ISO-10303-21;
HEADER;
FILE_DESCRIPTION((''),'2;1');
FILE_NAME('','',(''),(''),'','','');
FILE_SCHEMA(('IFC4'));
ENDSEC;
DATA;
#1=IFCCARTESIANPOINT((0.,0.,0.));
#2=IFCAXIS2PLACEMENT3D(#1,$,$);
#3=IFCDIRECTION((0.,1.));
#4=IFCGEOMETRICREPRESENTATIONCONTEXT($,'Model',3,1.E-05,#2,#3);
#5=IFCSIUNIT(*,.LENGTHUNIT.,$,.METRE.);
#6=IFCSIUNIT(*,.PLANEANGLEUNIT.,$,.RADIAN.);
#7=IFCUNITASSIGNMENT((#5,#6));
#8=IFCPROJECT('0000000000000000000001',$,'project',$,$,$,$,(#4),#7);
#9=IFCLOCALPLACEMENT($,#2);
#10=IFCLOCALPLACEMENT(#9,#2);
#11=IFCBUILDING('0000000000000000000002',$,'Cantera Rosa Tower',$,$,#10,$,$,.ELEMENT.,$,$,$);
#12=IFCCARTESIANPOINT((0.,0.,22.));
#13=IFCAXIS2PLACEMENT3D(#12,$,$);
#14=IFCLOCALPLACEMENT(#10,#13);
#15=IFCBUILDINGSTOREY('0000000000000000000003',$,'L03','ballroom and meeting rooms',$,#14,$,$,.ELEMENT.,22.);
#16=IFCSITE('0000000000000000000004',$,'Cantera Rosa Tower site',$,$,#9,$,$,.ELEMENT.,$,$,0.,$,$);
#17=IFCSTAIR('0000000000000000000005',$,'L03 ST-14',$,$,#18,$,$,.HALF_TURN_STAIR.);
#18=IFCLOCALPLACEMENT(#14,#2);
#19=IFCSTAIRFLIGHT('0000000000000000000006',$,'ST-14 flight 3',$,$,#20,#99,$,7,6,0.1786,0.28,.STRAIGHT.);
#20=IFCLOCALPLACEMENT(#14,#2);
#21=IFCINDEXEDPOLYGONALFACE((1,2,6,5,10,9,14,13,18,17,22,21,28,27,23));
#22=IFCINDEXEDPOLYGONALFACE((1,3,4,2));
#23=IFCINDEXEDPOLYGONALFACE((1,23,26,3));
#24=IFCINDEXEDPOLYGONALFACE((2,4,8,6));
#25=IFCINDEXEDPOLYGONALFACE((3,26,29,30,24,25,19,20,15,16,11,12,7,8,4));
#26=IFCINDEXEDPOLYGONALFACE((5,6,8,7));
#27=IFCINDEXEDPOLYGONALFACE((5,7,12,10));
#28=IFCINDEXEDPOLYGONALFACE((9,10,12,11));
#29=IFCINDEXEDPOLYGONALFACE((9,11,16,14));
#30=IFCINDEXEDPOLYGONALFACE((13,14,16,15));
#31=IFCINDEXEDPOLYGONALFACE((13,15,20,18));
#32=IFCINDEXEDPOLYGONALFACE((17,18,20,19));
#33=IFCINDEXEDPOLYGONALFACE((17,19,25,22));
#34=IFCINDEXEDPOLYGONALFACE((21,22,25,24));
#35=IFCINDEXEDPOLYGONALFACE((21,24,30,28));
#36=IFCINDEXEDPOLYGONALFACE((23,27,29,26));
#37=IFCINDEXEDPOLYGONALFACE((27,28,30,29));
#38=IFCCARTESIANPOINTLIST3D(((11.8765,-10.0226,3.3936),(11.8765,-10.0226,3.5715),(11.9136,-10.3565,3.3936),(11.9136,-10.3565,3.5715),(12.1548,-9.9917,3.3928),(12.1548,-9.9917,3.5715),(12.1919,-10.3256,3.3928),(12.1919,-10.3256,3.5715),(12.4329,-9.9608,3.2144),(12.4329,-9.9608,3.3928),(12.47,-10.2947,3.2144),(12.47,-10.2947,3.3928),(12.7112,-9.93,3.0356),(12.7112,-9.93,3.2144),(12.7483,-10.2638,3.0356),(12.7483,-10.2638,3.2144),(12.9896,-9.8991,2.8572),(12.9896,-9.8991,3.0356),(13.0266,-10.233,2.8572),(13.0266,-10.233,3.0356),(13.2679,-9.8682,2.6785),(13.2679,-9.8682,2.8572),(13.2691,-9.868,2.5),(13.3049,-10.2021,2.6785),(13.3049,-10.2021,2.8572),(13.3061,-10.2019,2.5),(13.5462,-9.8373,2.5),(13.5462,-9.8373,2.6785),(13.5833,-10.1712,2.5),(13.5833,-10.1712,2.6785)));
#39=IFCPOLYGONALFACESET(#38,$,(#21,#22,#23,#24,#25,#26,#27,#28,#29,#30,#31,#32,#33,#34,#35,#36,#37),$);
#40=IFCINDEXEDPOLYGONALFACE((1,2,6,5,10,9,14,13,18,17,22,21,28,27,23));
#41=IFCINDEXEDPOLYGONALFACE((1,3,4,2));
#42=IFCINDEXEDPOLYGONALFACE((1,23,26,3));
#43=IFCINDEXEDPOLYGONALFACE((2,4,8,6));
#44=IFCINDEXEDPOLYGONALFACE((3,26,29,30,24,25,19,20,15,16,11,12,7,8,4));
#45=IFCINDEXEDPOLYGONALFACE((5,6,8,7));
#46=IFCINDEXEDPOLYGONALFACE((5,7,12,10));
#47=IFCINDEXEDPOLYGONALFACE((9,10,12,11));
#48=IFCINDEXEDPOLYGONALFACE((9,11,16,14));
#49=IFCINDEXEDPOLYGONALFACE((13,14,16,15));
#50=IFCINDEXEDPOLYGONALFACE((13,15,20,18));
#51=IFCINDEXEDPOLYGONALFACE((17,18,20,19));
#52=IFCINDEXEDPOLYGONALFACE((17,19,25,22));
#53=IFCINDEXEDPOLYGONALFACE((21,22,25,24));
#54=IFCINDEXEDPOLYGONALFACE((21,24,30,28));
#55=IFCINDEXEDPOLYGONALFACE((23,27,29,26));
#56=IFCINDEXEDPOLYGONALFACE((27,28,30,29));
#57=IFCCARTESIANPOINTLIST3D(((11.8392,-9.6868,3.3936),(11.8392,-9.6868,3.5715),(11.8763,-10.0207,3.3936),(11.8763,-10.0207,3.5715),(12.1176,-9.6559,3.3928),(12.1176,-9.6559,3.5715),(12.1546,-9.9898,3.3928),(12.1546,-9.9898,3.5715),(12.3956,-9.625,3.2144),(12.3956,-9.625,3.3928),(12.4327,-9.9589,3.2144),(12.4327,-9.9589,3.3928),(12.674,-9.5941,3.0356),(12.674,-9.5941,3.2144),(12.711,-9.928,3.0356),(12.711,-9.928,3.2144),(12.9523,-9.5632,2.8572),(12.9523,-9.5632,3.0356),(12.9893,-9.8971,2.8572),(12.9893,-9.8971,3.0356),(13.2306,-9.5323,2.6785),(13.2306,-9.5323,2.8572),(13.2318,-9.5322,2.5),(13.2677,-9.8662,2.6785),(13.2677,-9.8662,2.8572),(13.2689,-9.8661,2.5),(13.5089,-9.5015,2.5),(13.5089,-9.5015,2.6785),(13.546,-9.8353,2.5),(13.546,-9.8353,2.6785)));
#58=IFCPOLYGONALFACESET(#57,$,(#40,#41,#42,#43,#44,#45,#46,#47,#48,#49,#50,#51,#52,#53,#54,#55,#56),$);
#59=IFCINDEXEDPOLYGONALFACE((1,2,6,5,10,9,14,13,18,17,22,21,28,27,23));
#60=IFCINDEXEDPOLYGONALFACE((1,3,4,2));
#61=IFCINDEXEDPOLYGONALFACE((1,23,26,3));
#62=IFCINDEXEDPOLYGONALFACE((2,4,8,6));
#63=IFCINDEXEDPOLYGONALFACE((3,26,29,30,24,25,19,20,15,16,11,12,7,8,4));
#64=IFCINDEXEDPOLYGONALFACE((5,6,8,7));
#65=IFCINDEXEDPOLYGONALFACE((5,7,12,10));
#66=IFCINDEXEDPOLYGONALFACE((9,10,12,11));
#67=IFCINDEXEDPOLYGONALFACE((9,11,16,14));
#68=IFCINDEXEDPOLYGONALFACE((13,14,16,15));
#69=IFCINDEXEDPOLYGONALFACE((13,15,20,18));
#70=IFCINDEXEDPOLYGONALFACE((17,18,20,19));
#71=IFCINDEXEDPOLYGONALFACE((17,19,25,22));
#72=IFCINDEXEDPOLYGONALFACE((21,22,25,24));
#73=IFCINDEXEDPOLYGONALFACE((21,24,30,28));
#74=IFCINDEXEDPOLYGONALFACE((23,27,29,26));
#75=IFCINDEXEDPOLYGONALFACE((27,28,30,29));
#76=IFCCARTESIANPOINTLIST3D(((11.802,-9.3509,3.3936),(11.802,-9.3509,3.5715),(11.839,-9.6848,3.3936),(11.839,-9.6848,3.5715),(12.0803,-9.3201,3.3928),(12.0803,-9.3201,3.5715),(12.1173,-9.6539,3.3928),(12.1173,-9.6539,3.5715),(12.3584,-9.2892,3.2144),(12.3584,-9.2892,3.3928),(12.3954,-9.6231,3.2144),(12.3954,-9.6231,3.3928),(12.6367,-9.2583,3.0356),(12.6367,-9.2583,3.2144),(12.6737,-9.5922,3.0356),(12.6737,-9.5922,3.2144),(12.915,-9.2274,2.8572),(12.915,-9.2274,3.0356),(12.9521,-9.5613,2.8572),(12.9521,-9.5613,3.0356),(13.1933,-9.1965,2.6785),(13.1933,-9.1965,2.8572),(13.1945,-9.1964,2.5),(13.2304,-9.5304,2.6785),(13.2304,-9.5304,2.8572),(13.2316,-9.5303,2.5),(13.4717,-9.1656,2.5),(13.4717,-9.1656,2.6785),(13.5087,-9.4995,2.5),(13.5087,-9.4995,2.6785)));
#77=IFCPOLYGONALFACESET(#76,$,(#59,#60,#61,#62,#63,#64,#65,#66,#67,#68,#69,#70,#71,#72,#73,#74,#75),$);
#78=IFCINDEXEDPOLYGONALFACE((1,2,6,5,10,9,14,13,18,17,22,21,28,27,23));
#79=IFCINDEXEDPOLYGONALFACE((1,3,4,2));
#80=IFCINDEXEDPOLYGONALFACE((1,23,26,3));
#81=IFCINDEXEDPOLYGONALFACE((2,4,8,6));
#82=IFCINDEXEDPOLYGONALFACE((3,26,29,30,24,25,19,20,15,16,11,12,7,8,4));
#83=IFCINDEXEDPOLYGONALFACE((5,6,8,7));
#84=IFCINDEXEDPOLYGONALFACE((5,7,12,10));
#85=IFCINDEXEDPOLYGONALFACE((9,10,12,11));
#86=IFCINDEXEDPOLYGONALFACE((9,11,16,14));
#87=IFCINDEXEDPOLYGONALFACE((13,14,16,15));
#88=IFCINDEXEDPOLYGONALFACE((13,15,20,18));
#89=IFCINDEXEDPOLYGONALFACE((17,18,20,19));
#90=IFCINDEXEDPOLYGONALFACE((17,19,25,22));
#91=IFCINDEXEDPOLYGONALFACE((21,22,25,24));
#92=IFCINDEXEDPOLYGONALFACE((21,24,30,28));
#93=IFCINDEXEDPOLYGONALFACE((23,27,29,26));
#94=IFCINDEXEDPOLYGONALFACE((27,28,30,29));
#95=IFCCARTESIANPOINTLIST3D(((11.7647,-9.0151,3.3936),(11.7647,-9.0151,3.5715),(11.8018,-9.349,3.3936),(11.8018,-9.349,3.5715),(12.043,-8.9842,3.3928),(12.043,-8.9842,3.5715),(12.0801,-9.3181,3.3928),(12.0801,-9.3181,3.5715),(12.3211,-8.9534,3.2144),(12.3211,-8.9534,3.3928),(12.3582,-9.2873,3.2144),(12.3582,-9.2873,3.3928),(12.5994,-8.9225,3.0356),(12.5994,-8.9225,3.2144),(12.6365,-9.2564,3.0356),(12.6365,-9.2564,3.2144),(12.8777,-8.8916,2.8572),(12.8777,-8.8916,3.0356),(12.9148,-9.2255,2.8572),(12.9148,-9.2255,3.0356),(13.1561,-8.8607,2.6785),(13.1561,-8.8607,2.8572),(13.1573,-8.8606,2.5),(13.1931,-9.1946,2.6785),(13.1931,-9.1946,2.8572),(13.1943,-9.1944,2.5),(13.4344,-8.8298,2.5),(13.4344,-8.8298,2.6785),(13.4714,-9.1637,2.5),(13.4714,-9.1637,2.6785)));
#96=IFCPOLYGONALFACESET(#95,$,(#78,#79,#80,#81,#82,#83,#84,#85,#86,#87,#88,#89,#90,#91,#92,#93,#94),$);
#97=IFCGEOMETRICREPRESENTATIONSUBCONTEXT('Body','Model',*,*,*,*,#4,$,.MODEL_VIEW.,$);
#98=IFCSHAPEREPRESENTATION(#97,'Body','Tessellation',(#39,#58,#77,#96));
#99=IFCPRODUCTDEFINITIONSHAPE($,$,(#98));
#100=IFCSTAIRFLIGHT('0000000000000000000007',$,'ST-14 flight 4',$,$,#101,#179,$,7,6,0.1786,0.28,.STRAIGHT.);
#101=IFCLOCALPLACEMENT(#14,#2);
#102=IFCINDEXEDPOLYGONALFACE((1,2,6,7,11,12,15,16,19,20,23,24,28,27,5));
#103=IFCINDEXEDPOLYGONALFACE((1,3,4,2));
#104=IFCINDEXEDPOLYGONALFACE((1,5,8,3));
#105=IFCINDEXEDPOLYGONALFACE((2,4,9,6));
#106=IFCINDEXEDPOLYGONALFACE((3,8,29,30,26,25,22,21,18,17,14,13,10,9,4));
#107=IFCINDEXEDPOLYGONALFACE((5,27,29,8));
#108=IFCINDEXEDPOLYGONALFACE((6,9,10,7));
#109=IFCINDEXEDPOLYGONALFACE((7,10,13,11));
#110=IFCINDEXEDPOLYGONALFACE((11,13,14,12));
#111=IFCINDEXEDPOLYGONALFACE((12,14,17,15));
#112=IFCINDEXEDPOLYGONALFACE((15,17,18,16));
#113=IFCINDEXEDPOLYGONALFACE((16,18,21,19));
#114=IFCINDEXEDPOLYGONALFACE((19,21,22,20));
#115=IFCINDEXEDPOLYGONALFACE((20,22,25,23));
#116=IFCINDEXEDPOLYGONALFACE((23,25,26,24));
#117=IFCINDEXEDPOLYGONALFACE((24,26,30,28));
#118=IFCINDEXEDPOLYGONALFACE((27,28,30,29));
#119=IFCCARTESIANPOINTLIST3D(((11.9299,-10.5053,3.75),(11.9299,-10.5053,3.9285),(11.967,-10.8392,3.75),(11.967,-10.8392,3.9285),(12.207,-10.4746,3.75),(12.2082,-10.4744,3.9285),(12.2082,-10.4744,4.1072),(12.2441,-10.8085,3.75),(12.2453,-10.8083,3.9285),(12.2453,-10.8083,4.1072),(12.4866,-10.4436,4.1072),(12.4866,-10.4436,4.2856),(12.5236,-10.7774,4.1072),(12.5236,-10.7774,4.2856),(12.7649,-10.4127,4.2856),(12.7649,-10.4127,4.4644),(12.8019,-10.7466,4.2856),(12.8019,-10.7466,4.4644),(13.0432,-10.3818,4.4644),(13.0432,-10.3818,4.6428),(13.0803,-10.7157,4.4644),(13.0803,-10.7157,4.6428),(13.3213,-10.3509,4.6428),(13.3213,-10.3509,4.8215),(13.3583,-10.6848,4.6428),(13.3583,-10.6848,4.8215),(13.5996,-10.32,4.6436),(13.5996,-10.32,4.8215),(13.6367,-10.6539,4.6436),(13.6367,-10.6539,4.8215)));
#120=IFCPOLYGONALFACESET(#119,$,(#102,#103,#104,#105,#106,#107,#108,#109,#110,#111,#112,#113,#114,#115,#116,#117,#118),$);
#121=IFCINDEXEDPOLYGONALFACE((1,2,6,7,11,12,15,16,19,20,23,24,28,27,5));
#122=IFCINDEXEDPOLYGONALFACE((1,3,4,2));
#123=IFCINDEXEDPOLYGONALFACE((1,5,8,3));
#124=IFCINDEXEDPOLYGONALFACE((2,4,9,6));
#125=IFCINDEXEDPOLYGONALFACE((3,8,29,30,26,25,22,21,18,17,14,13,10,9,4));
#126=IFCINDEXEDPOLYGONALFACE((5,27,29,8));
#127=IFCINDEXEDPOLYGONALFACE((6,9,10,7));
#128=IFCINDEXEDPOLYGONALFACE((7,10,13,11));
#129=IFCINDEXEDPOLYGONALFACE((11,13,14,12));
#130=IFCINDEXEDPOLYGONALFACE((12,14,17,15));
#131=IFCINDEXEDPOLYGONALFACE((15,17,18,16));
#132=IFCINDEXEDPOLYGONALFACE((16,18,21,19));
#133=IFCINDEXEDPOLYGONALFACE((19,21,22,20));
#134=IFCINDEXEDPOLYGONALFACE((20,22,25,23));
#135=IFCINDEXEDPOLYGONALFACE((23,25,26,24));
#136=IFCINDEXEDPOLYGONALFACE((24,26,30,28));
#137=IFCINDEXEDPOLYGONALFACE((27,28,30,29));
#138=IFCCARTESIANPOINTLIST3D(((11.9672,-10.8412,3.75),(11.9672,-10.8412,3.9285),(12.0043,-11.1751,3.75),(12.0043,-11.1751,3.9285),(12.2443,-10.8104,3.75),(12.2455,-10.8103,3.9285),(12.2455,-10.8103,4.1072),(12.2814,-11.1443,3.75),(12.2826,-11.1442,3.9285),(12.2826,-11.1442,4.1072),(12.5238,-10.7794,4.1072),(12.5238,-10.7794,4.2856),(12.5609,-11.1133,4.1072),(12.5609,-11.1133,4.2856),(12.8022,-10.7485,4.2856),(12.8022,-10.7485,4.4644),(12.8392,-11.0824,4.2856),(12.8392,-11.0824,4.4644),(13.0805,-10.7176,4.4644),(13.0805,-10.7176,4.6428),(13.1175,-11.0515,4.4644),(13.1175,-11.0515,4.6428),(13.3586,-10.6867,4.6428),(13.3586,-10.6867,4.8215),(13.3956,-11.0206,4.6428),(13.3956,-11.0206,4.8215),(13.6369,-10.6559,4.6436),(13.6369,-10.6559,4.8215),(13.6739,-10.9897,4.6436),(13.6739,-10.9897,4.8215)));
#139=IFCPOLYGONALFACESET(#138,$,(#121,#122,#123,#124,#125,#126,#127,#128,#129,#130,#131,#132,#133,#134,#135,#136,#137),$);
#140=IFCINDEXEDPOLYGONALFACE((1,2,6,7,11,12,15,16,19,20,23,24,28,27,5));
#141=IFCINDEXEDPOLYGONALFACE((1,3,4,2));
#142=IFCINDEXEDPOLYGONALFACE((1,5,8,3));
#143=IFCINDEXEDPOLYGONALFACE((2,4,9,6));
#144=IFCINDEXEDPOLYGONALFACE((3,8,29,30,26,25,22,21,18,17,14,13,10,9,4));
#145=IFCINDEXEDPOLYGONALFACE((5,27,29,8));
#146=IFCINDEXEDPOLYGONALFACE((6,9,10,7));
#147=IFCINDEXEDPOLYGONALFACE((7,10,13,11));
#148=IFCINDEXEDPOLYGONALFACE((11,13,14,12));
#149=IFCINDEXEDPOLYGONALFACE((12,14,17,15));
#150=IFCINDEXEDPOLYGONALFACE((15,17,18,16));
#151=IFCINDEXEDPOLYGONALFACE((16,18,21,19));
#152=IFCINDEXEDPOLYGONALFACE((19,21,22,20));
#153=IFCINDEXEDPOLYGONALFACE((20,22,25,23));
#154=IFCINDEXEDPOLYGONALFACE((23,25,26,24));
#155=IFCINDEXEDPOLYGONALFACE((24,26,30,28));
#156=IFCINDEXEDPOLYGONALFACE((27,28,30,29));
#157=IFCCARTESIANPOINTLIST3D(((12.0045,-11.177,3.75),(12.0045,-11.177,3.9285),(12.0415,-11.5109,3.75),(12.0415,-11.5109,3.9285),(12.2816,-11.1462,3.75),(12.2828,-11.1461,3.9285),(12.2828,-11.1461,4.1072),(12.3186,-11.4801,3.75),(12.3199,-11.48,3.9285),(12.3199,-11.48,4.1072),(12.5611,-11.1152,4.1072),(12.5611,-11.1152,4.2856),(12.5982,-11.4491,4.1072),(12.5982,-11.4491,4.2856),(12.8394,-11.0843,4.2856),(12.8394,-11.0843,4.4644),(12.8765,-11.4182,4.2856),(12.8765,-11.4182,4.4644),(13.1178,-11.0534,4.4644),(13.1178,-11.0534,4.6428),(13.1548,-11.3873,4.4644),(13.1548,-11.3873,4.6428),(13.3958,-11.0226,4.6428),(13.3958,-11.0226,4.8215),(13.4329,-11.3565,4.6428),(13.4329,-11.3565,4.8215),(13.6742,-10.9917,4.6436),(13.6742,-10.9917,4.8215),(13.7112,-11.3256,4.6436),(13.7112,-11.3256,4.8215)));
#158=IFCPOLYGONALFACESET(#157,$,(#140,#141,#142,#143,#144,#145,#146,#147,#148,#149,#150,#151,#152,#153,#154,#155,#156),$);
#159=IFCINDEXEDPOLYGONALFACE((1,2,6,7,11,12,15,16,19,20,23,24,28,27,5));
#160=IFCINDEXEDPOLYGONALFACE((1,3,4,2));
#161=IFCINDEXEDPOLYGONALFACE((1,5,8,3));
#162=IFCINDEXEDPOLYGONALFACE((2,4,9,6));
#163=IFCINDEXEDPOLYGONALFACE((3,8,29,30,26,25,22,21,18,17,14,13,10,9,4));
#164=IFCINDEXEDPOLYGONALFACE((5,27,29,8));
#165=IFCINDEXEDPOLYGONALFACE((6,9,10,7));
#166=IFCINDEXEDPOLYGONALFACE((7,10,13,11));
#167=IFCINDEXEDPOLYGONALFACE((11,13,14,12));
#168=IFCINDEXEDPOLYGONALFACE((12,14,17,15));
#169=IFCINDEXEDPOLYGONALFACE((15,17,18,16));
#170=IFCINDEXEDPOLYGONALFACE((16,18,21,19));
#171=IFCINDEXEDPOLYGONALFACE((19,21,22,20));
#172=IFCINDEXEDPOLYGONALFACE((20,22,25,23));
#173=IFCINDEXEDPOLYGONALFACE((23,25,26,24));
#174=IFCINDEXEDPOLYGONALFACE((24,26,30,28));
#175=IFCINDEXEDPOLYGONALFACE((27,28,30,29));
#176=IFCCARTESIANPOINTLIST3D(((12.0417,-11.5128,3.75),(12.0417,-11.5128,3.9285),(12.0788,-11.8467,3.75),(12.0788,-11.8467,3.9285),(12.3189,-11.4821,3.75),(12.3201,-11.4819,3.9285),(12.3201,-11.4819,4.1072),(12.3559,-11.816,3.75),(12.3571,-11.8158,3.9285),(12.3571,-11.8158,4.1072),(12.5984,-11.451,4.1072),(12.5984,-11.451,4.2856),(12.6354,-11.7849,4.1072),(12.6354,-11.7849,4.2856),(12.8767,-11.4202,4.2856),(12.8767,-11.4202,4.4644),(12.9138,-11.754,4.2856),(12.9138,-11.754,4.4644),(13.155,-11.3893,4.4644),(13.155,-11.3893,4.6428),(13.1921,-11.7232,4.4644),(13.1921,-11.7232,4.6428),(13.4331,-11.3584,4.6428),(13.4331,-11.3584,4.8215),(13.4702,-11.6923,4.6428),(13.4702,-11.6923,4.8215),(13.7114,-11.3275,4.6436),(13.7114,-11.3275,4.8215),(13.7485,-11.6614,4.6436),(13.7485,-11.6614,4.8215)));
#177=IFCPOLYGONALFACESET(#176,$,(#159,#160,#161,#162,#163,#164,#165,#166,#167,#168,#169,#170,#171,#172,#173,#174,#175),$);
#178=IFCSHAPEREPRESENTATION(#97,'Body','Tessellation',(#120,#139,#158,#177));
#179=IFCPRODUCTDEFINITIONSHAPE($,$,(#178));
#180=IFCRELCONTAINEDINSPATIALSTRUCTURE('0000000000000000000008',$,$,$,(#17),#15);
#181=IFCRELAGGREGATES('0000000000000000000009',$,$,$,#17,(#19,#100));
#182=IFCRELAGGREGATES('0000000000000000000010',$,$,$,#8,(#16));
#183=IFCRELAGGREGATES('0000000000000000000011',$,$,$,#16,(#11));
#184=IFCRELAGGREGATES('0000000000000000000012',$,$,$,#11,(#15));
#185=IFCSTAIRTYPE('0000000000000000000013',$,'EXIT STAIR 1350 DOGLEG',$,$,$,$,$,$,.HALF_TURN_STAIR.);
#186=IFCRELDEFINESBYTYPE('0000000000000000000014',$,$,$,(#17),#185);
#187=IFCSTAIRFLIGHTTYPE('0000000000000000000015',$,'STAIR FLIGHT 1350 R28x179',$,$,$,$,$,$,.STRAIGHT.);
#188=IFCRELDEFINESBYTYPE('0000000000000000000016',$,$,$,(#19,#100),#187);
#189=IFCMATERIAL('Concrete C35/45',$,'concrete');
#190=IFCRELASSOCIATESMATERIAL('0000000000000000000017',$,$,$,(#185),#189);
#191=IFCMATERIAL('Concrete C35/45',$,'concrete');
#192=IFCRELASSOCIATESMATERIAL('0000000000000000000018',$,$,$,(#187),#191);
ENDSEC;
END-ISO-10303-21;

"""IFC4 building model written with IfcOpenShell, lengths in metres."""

from ifc_helpers import new_model, si_unit, direction, frame, origin, place, context, subcontext, project, spatial, polyline, outline, extrude, material, type_object, element, aggregate, save


model = new_model("IFC4")

# Units and contexts
model_context = context("Model", 3, precision=1e-05, world=origin(), true_north=direction((0.0, 1.0)))
body_context = subcontext(model_context, "Body", "Model", "MODEL_VIEW")
ifc_project = project(units=[si_unit("LENGTHUNIT", "METRE"), si_unit("PLANEANGLEUNIT", "RADIAN")], contexts=[model_context])

# Site, building, storey
site_placement = place(None, origin())
site = spatial("IfcSite", under=ifc_project, at=site_placement, Name="Cantera Rosa Tower site", CompositionType="ELEMENT", RefElevation=0.0)
building_placement = place(site_placement, origin())
building = spatial("IfcBuilding", under=site, at=building_placement, Name="Cantera Rosa Tower", CompositionType="ELEMENT")
storey_placement = place(building_placement, frame((0.0, 0.0, 22.0)))
storey = spatial("IfcBuildingStorey", under=building, at=storey_placement, Name="L03", Description="ballroom and meeting rooms", CompositionType="ELEMENT", Elevation=22.0)

# Stair, stair flights
ifc_material_1 = material(Name="Concrete C35/45", Category="concrete")
stair_type = type_object("IfcStairType", Name="EXIT STAIR 1350 DOGLEG", PredefinedType="HALF_TURN_STAIR", material=ifc_material_1)
stair_placement = place(storey_placement, origin())
stair = element("IfcStair", 1, at=stair_placement, inside=storey, type_object=stair_type, Name="L03 ST-14", PredefinedType="HALF_TURN_STAIR")
ifc_material_2 = material(Name="Concrete C35/45", Category="concrete")
stair_flight_type = type_object("IfcStairFlightType", Name="STAIR FLIGHT 1350 R28x179", PredefinedType="STRAIGHT", material=ifc_material_2)
stair_flight_1_placement = place(storey_placement, frame((13.5088, -9.5002, 2.5), z_axis=(0.0, 0.0, 1.0), x_axis=(-0.993897, -0.110313, 0.0)))
stair_flight_1 = element("IfcStairFlight", 2, at=stair_flight_1_placement, type_object=stair_flight_type, Name="ST-14 flight 3", NumberOfRisers=7, NumberOfTreads=6, PredefinedType="STRAIGHT", RiserHeight=0.1786, TreadLength=0.28, context=body_context, shape_type="SweptSolid", body=[
    extrude(outline(polyline([(0.0, 0.0), (0.0, 0.1785), (0.28, 0.1785), (0.28, 0.3572), (0.5601, 0.3572), (0.5601, 0.5356), (0.8401, 0.5356), (0.8401, 0.7144), (1.1201, 0.7144), (1.1201, 0.8928), (1.3999, 0.8928), (1.3999, 1.0715), (1.6799, 1.0715), (1.6799, 1.25), (1.6799, 0.8936), (0.2788, 0.0), (0.0, 0.0)])), frame((0.0, 0.675, 0.0), z_axis=(0.0, -1.0, 0.0), x_axis=(1.0, 0.0, 0.0)), (0.0, 0.0, 1.0), 0.3359),
    extrude(outline(polyline([(0.0, 0.0), (0.0, 0.1785), (0.28, 0.1785), (0.28, 0.3572), (0.5601, 0.3572), (0.5601, 0.5356), (0.8401, 0.5356), (0.8401, 0.7144), (1.1201, 0.7144), (1.1201, 0.8928), (1.3999, 0.8928), (1.3999, 1.0715), (1.6799, 1.0715), (1.6799, 1.25), (1.6799, 0.8936), (0.2788, 0.0), (0.0, 0.0)])), frame((0.0, 0.3372, 0.0), z_axis=(0.0, -1.0, 0.0), x_axis=(1.0, 0.0, 0.0)), (0.0, 0.0, 1.0), 0.3359),
    extrude(outline(polyline([(0.0, 0.0), (0.0, 0.1785), (0.28, 0.1785), (0.28, 0.3572), (0.5601, 0.3572), (0.5601, 0.5356), (0.8401, 0.5356), (0.8401, 0.7144), (1.1201, 0.7144), (1.1201, 0.8928), (1.3999, 0.8928), (1.3999, 1.0715), (1.6799, 1.0715), (1.6799, 1.25), (1.6799, 0.8936), (0.2788, 0.0), (0.0, 0.0)])), frame((0.0, -0.0007, 0.0), z_axis=(0.0, -1.0, 0.0), x_axis=(1.0, 0.0, 0.0)), (0.0, 0.0, 1.0), 0.3359),
    extrude(outline(polyline([(0.0, 0.0), (0.0, 0.1785), (0.28, 0.1785), (0.28, 0.3572), (0.5601, 0.3572), (0.5601, 0.5356), (0.8401, 0.5356), (0.8401, 0.7144), (1.1201, 0.7144), (1.1201, 0.8928), (1.3999, 0.8928), (1.3999, 1.0715), (1.6799, 1.0715), (1.6799, 1.25), (1.6799, 0.8936), (0.2788, 0.0), (0.0, 0.0)])), frame((0.0, -0.3386, 0.0), z_axis=(0.0, -1.0, 0.0), x_axis=(1.0, 0.0, 0.0)), (0.0, 0.0, 1.0), 0.3359),
])
stair_flight_2_placement = place(storey_placement, frame((12.0044, -11.1763, 3.75), z_axis=(0.0, 0.0, 1.0), x_axis=(0.993897, 0.110313, 0.0)))
stair_flight_2 = element("IfcStairFlight", 3, at=stair_flight_2_placement, type_object=stair_flight_type, Name="ST-14 flight 4", NumberOfRisers=7, NumberOfTreads=6, PredefinedType="STRAIGHT", RiserHeight=0.1786, TreadLength=0.28, context=body_context, shape_type="SweptSolid", body=[
    extrude(outline(polyline([(0.0, 0.0), (0.0, 0.1785), (0.28, 0.1785), (0.28, 0.3572), (0.5601, 0.3572), (0.5601, 0.5356), (0.8401, 0.5356), (0.8401, 0.7144), (1.1201, 0.7144), (1.1201, 0.8928), (1.3999, 0.8928), (1.3999, 1.0715), (1.6799, 1.0715), (1.6799, 1.25), (1.6799, 0.8936), (0.2788, 0.0), (0.0, 0.0)])), frame((0.0, 0.675, 0.0), z_axis=(0.0, -1.0, 0.0), x_axis=(1.0, 0.0, 0.0)), (0.0, 0.0, 1.0), 0.3359),
    extrude(outline(polyline([(0.0, 0.0), (0.0, 0.1785), (0.28, 0.1785), (0.28, 0.3572), (0.5601, 0.3572), (0.5601, 0.5356), (0.8401, 0.5356), (0.8401, 0.7144), (1.1201, 0.7144), (1.1201, 0.8928), (1.3999, 0.8928), (1.3999, 1.0715), (1.6799, 1.0715), (1.6799, 1.25), (1.6799, 0.8936), (0.2788, 0.0), (0.0, 0.0)])), frame((0.0, 0.3372, 0.0), z_axis=(0.0, -1.0, 0.0), x_axis=(1.0, 0.0, 0.0)), (0.0, 0.0, 1.0), 0.3359),
    extrude(outline(polyline([(0.0, 0.0), (0.0, 0.1785), (0.28, 0.1785), (0.28, 0.3572), (0.5601, 0.3572), (0.5601, 0.5356), (0.8401, 0.5356), (0.8401, 0.7144), (1.1201, 0.7144), (1.1201, 0.8928), (1.3999, 0.8928), (1.3999, 1.0715), (1.6799, 1.0715), (1.6799, 1.25), (1.6799, 0.8936), (0.2788, 0.0), (0.0, 0.0)])), frame((0.0, -0.0007, 0.0), z_axis=(0.0, -1.0, 0.0), x_axis=(1.0, 0.0, 0.0)), (0.0, 0.0, 1.0), 0.3359),
    extrude(outline(polyline([(0.0, 0.0), (0.0, 0.1785), (0.28, 0.1785), (0.28, 0.3572), (0.5601, 0.3572), (0.5601, 0.5356), (0.8401, 0.5356), (0.8401, 0.7144), (1.1201, 0.7144), (1.1201, 0.8928), (1.3999, 0.8928), (1.3999, 1.0715), (1.6799, 1.0715), (1.6799, 1.25), (1.6799, 0.8936), (0.2788, 0.0), (0.0, 0.0)])), frame((0.0, -0.3386, 0.0), z_axis=(0.0, -1.0, 0.0), x_axis=(1.0, 0.0, 0.0)), (0.0, 0.0, 1.0), 0.3359),
])
aggregate(stair, [stair_flight_1, stair_flight_2])

save(model, "model.ifc")
